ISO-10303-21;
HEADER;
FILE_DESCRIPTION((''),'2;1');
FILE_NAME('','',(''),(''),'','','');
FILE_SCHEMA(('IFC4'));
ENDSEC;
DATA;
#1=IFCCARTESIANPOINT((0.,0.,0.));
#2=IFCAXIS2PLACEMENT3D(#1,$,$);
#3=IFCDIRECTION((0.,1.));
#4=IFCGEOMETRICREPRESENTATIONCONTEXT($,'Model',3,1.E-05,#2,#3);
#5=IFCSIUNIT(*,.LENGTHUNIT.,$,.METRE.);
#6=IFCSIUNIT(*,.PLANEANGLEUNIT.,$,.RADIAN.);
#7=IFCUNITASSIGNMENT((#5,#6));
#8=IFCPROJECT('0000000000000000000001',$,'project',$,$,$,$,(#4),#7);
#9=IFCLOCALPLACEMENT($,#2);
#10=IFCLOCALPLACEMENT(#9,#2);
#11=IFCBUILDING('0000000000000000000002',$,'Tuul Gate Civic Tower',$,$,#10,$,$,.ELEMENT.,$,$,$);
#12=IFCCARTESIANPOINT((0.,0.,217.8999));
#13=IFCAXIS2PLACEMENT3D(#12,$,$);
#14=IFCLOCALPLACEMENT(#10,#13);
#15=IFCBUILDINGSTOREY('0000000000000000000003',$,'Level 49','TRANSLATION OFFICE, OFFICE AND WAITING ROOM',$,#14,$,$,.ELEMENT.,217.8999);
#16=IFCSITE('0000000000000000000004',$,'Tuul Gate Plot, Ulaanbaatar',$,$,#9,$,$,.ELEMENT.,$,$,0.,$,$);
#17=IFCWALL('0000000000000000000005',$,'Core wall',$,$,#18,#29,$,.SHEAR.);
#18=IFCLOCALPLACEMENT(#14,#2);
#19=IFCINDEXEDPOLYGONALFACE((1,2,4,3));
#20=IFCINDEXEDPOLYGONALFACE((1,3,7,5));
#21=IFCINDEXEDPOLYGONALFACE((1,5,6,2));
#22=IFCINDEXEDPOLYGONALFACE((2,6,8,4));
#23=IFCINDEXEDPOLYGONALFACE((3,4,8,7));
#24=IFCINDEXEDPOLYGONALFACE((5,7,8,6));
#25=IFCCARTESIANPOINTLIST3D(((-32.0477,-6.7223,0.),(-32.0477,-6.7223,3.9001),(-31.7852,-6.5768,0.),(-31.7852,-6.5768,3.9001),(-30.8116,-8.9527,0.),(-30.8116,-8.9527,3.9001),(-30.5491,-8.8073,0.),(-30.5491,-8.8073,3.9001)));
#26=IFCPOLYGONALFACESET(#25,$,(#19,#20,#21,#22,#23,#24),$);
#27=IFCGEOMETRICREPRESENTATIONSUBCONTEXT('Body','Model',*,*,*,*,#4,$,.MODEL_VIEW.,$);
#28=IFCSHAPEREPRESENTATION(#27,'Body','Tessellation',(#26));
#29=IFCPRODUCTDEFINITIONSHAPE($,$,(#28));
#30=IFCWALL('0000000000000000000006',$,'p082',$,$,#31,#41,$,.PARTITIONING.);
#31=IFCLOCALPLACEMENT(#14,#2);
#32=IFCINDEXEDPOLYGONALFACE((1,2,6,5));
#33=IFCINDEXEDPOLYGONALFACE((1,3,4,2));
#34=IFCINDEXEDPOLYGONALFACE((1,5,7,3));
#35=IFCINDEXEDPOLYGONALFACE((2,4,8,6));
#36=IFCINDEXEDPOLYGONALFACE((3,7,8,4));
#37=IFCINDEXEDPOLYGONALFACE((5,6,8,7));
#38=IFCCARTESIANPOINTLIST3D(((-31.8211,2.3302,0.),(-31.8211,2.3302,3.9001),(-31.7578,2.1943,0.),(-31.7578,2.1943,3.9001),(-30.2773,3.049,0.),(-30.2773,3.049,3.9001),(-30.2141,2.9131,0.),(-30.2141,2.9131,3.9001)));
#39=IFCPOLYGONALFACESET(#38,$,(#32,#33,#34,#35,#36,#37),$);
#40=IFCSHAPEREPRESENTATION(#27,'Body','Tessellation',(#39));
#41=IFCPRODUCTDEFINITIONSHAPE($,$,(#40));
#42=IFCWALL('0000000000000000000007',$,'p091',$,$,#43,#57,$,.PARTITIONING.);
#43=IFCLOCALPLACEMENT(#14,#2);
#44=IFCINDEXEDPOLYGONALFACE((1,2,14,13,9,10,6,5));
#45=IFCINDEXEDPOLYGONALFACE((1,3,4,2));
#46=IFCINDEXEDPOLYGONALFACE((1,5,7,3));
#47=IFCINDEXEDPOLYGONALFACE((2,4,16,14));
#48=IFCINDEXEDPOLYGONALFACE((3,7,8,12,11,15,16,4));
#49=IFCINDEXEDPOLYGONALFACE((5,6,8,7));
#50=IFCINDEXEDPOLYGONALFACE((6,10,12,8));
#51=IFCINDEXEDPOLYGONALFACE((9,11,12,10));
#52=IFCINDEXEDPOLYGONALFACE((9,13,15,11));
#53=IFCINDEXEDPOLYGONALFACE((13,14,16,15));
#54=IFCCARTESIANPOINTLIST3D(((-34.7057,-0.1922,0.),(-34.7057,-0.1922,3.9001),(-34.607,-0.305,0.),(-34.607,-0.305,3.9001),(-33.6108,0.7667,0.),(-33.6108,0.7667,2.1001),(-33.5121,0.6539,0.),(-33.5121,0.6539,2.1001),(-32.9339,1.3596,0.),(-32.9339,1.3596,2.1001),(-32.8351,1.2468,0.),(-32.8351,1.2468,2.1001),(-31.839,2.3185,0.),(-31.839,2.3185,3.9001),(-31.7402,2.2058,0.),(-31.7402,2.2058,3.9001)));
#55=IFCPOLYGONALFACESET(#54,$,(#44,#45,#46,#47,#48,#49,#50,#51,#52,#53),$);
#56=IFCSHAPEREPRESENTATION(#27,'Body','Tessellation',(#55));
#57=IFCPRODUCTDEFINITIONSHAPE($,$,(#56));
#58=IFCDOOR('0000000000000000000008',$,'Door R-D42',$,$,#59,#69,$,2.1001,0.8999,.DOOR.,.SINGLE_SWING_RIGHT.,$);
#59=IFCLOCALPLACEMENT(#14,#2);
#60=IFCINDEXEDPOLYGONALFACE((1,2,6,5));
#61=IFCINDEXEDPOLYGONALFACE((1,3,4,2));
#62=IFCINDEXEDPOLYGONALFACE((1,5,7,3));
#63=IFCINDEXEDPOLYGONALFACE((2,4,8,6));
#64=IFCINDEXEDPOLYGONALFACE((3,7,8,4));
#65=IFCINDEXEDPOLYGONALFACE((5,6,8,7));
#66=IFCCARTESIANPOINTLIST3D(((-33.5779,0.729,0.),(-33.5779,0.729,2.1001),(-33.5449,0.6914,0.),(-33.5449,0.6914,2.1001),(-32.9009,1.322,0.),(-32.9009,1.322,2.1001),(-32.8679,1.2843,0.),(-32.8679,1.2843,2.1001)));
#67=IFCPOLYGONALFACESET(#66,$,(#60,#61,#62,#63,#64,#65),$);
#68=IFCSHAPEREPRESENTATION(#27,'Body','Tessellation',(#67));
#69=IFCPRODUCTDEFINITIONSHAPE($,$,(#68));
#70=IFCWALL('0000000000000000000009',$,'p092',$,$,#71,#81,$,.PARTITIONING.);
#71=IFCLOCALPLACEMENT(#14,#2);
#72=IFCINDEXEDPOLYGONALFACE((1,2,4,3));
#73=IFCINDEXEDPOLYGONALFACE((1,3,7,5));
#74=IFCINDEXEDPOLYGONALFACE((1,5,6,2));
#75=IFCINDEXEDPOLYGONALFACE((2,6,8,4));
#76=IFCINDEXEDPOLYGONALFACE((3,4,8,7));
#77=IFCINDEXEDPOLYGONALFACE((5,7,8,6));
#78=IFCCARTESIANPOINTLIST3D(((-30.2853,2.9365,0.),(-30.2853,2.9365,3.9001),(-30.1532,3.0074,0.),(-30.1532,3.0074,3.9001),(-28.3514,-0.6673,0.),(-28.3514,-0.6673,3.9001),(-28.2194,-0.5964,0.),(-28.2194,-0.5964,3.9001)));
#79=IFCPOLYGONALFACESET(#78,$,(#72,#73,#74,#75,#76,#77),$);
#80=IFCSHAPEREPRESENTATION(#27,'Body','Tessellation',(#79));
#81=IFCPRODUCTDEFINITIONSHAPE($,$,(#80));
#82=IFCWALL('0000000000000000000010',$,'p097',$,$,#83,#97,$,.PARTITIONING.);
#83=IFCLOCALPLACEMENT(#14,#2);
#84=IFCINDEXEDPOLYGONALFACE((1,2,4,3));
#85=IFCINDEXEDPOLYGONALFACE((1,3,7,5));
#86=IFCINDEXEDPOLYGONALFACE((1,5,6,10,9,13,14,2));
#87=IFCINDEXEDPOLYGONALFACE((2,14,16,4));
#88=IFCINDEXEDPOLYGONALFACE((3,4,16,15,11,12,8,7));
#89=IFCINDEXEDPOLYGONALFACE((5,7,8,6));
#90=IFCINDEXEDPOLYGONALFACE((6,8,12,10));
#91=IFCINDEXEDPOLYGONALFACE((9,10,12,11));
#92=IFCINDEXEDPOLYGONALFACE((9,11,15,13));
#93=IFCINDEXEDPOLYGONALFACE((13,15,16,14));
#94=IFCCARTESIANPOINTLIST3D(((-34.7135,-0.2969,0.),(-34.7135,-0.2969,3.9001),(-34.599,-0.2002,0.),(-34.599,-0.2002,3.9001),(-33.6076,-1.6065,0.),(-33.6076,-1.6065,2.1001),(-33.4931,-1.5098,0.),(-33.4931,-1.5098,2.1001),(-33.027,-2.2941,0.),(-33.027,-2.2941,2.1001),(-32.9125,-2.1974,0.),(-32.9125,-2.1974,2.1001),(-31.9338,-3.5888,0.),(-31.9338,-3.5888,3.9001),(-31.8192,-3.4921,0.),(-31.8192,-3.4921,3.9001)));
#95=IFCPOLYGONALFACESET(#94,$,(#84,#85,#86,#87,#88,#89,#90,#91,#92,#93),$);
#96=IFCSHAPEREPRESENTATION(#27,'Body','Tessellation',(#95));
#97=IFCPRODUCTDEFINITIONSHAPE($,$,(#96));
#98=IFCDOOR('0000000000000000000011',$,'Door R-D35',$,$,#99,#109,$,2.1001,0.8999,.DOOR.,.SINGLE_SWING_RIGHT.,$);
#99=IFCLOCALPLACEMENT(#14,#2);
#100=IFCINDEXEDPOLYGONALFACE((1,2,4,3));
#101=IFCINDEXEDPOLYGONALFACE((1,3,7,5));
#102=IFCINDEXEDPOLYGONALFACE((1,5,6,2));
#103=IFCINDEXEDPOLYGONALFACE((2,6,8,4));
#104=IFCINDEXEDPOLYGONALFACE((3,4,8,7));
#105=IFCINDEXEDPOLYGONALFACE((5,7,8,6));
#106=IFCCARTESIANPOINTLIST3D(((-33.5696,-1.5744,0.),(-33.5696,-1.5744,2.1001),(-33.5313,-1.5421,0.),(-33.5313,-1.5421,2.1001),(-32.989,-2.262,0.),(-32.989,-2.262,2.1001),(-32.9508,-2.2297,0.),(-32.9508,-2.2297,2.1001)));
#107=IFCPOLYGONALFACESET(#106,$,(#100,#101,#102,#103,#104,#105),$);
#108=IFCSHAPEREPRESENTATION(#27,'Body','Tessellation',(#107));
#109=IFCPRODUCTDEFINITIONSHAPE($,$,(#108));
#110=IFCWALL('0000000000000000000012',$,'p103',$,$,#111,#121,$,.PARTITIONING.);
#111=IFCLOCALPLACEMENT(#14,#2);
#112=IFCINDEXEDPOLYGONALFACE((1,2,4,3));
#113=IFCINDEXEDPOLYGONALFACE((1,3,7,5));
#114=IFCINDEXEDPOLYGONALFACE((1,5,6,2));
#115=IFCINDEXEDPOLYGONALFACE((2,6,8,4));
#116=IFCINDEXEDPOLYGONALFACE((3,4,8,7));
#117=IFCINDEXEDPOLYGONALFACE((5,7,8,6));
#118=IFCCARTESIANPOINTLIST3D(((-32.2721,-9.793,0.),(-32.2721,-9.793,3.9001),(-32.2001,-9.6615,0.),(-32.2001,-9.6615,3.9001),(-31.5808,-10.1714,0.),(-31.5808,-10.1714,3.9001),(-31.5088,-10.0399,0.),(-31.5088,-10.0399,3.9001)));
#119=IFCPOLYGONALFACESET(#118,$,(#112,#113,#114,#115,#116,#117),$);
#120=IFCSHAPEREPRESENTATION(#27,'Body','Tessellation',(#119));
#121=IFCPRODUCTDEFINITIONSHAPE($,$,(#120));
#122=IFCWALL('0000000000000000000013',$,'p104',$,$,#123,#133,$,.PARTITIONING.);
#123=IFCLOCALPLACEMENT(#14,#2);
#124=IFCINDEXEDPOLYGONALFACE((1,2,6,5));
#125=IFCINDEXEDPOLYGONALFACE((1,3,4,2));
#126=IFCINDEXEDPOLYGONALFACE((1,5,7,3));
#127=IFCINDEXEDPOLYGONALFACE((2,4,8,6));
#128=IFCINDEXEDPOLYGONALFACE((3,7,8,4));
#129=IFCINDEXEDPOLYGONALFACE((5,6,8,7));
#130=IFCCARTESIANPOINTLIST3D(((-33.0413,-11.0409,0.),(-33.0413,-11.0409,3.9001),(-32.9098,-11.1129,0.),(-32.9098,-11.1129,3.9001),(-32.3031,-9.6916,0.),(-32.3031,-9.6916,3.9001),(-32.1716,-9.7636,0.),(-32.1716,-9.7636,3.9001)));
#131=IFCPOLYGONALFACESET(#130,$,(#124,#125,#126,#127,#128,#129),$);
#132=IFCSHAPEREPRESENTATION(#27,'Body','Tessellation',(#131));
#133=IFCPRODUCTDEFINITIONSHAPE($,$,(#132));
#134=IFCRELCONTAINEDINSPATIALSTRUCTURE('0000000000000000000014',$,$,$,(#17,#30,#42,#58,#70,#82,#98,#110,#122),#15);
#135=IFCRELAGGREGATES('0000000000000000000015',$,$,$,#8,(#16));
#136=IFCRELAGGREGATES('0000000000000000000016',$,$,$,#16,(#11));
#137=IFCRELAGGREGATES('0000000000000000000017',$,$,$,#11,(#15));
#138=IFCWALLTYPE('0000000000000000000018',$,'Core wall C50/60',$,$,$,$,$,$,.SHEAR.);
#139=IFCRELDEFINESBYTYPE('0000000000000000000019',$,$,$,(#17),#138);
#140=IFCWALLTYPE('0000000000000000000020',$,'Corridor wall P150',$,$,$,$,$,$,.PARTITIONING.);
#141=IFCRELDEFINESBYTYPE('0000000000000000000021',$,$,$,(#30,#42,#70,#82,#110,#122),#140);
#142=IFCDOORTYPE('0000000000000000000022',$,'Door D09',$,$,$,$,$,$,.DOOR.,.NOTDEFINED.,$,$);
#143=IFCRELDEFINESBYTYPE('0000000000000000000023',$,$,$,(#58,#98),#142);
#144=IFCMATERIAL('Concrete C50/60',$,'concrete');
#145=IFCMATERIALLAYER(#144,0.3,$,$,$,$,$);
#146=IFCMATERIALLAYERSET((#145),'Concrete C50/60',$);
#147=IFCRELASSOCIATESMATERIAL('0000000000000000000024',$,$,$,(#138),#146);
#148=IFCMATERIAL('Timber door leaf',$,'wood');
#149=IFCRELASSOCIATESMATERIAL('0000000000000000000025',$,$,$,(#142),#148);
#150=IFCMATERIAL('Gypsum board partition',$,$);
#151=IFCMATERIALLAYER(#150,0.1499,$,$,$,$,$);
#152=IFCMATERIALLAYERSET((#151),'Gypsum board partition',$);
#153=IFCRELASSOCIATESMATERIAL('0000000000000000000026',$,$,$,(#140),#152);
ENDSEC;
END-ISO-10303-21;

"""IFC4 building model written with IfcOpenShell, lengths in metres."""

from ifc_helpers import new_model, si_unit, direction, frame, frame_2d, origin, place, context, subcontext, project, spatial, rectangle, extrude, material, layer, layer_set, type_object, element, fill, save


model = new_model("IFC4")

# Units and contexts
model_context = context("Model", 3, precision=1e-05, world=origin(), true_north=direction((0.0, 1.0)))
body_context = subcontext(model_context, "Body", "Model", "MODEL_VIEW")
ifc_project = project(units=[si_unit("LENGTHUNIT", "METRE"), si_unit("PLANEANGLEUNIT", "RADIAN")], contexts=[model_context])

# Site, building, storey
site_placement = place(None, origin())
site = spatial("IfcSite", under=ifc_project, at=site_placement, Name="Tuul Gate Plot, Ulaanbaatar", CompositionType="ELEMENT", RefElevation=0.0)
building_placement = place(site_placement, origin())
building = spatial("IfcBuilding", under=site, at=building_placement, Name="Tuul Gate Civic Tower", CompositionType="ELEMENT")
storey_placement = place(building_placement, frame((0.0, 0.0, 217.8999)))
storey = spatial("IfcBuildingStorey", under=building, at=storey_placement, Name="Level 49", Description="TRANSLATION OFFICE, OFFICE AND WAITING ROOM", CompositionType="ELEMENT", Elevation=217.8999)

# Shared definitions
ifc_material_1 = material(Name="Concrete C50/60", Category="concrete")
ifc_layer_1 = layer(ifc_material_1, 0.3)
ifc_layer_set_1 = layer_set([ifc_layer_1], Name="Concrete C50/60")
wall_type_1 = type_object("IfcWallType", Name="Core wall C50/60", PredefinedType="SHEAR", material=ifc_layer_set_1)
ifc_material_2 = material(Name="Timber door leaf", Category="wood")
door_type_1 = type_object("IfcDoorType", Name="Door D09", OperationType="NOTDEFINED", PredefinedType="DOOR", material=ifc_material_2)

# Walls
wall_1_placement = place(storey_placement, frame((-30.6804, -8.8799, 0.0), z_axis=(0.0, 0.0, 1.0), x_axis=(-0.484724, 0.874667, 0.0)))
element("IfcWall", 1, at=wall_1_placement, inside=storey, type_object=wall_type_1, Name="Core wall", PredefinedType="SHEAR", context=body_context, shape_type="SweptSolid", body=[
    extrude(rectangle(XDim=2.55, YDim=0.3, at=frame_2d((1.2749, 0.0))), origin(), (0.0, 0.0, 1.0), 3.9001),
])
ifc_material_3 = material(Name="Gypsum board partition")
ifc_layer_2 = layer(ifc_material_3, 0.1499)
ifc_layer_set_2 = layer_set([ifc_layer_2], Name="Gypsum board partition")
wall_type_2 = type_object("IfcWallType", Name="Corridor wall P150", PredefinedType="PARTITIONING", material=ifc_layer_set_2)
wall_2_placement = place(storey_placement, frame((-31.7896, 2.2622, 0.0), z_axis=(0.0, 0.0, 1.0), x_axis=(0.906553, 0.422093, 0.0)))
element("IfcWall", 2, at=wall_2_placement, inside=storey, type_object=wall_type_2, Name="p082", PredefinedType="PARTITIONING", context=body_context, shape_type="SweptSolid", body=[
    extrude(rectangle(XDim=1.7029, YDim=0.1499, at=frame_2d((0.8516, 0.0))), origin(), (0.0, 0.0, 1.0), 3.9001),
])

# Wall, opening, door
wall_3_placement = place(storey_placement, frame((-34.6562, -0.2485, 0.0), z_axis=(0.0, 0.0, 1.0), x_axis=(0.752267, 0.658858, 0.0)))
wall_3 = element("IfcWall", 3, at=wall_3_placement, inside=storey, type_object=wall_type_2, Name="p091", PredefinedType="PARTITIONING", context=body_context, shape_type="SweptSolid", body=[
    extrude(rectangle(XDim=3.8108, YDim=0.1499, at=frame_2d((1.9053, 0.0))), origin(), (0.0, 0.0, 1.0), 3.9001),
])
opening_1_placement = place(wall_3_placement, frame((1.4553, 0.0, 0.0)))
opening_1 = element("IfcOpeningElement", 4, at=opening_1_placement, cuts=wall_3, PredefinedType="OPENING", context=body_context, shape_type="SweptSolid", body=[
    extrude(rectangle(XDim=0.8999, YDim=2.1001, at=frame_2d((0.45, 1.05))), frame((0.0, 0.085, 0.0), z_axis=(0.0, -1.0, 0.0), x_axis=(1.0, 0.0, 0.0)), (0.0, 0.0, 1.0), 0.1699),
])
door_1_placement = place(opening_1_placement, origin())
door_1 = element("IfcDoor", 5, at=door_1_placement, inside=storey, type_object=door_type_1, Name="Door R-D42", OperationType="SINGLE_SWING_RIGHT", OverallHeight=2.1001, OverallWidth=0.8999, PredefinedType="DOOR", context=body_context, shape_type="SweptSolid", body=[
    extrude(rectangle(XDim=0.8999, YDim=2.1001, at=frame_2d((0.45, 1.05))), frame((0.0, 0.0249, 0.0), z_axis=(0.0, -1.0, 0.0), x_axis=(1.0, 0.0, 0.0)), (0.0, 0.0, 1.0), 0.05),
])
fill(opening_1, door_1)

# Wall
wall_4_placement = place(storey_placement, frame((-30.2192, 2.9719, 0.0), z_axis=(0.0, 0.0, 1.0), x_axis=(0.472839, -0.881149, 0.0)))
element("IfcWall", 6, at=wall_4_placement, inside=storey, type_object=wall_type_2, Name="p092", PredefinedType="PARTITIONING", context=body_context, shape_type="SweptSolid", body=[
    extrude(rectangle(XDim=4.0898, YDim=0.1499, at=frame_2d((2.0449, 0.0))), origin(), (0.0, 0.0, 1.0), 3.9001),
])

# Wall, opening, door
wall_5_placement = place(storey_placement, frame((-34.6562, -0.2485, 0.0), z_axis=(0.0, 0.0, 1.0), x_axis=(0.645165, -0.764044, 0.0)))
wall_5 = element("IfcWall", 7, at=wall_5_placement, inside=storey, type_object=wall_type_2, Name="p097", PredefinedType="PARTITIONING", context=body_context, shape_type="SweptSolid", body=[
    extrude(rectangle(XDim=4.3086, YDim=0.1499, at=frame_2d((2.1543, 0.0))), origin(), (0.0, 0.0, 1.0), 3.9001),
])
opening_2_placement = place(wall_5_placement, frame((1.7141, 0.0, 0.0)))
opening_2 = element("IfcOpeningElement", 8, at=opening_2_placement, cuts=wall_5, PredefinedType="OPENING", context=body_context, shape_type="SweptSolid", body=[
    extrude(rectangle(XDim=0.8999, YDim=2.1001, at=frame_2d((0.45, 1.05))), frame((0.0, 0.085, 0.0), z_axis=(0.0, -1.0, 0.0), x_axis=(1.0, 0.0, 0.0)), (0.0, 0.0, 1.0), 0.1699),
])
door_2_placement = place(opening_2_placement, origin())
door_2 = element("IfcDoor", 9, at=door_2_placement, inside=storey, type_object=door_type_1, Name="Door R-D35", OperationType="SINGLE_SWING_RIGHT", OverallHeight=2.1001, OverallWidth=0.8999, PredefinedType="DOOR", context=body_context, shape_type="SweptSolid", body=[
    extrude(rectangle(XDim=0.8999, YDim=2.1001, at=frame_2d((0.45, 1.05))), frame((0.0, 0.0249, 0.0), z_axis=(0.0, -1.0, 0.0), x_axis=(1.0, 0.0, 0.0)), (0.0, 0.0, 1.0), 0.05),
])
fill(opening_2, door_2)

# Walls
wall_6_placement = place(storey_placement, frame((-32.2361, -9.7273, 0.0), z_axis=(0.0, 0.0, 1.0), x_axis=(0.877208, -0.48011, 0.0)))
element("IfcWall", 10, at=wall_6_placement, inside=storey, type_object=wall_type_2, Name="p103", PredefinedType="PARTITIONING", context=body_context, shape_type="SweptSolid", body=[
    extrude(rectangle(XDim=0.7881, YDim=0.1499, at=frame_2d((0.394, 0.0))), origin(), (0.0, 0.0, 1.0), 3.9001),
])
wall_7_placement = place(storey_placement, frame((-32.9756, -11.0769, 0.0), z_axis=(0.0, 0.0, 1.0), x_axis=(0.479986, 0.877276, 0.0)))
element("IfcWall", 11, at=wall_7_placement, inside=storey, type_object=wall_type_2, Name="p104", PredefinedType="PARTITIONING", context=body_context, shape_type="SweptSolid", body=[
    extrude(rectangle(XDim=1.5381, YDim=0.1499, at=frame_2d((0.769, 0.0))), origin(), (0.0, 0.0, 1.0), 3.9001),
])

save(model, "model.ifc")
